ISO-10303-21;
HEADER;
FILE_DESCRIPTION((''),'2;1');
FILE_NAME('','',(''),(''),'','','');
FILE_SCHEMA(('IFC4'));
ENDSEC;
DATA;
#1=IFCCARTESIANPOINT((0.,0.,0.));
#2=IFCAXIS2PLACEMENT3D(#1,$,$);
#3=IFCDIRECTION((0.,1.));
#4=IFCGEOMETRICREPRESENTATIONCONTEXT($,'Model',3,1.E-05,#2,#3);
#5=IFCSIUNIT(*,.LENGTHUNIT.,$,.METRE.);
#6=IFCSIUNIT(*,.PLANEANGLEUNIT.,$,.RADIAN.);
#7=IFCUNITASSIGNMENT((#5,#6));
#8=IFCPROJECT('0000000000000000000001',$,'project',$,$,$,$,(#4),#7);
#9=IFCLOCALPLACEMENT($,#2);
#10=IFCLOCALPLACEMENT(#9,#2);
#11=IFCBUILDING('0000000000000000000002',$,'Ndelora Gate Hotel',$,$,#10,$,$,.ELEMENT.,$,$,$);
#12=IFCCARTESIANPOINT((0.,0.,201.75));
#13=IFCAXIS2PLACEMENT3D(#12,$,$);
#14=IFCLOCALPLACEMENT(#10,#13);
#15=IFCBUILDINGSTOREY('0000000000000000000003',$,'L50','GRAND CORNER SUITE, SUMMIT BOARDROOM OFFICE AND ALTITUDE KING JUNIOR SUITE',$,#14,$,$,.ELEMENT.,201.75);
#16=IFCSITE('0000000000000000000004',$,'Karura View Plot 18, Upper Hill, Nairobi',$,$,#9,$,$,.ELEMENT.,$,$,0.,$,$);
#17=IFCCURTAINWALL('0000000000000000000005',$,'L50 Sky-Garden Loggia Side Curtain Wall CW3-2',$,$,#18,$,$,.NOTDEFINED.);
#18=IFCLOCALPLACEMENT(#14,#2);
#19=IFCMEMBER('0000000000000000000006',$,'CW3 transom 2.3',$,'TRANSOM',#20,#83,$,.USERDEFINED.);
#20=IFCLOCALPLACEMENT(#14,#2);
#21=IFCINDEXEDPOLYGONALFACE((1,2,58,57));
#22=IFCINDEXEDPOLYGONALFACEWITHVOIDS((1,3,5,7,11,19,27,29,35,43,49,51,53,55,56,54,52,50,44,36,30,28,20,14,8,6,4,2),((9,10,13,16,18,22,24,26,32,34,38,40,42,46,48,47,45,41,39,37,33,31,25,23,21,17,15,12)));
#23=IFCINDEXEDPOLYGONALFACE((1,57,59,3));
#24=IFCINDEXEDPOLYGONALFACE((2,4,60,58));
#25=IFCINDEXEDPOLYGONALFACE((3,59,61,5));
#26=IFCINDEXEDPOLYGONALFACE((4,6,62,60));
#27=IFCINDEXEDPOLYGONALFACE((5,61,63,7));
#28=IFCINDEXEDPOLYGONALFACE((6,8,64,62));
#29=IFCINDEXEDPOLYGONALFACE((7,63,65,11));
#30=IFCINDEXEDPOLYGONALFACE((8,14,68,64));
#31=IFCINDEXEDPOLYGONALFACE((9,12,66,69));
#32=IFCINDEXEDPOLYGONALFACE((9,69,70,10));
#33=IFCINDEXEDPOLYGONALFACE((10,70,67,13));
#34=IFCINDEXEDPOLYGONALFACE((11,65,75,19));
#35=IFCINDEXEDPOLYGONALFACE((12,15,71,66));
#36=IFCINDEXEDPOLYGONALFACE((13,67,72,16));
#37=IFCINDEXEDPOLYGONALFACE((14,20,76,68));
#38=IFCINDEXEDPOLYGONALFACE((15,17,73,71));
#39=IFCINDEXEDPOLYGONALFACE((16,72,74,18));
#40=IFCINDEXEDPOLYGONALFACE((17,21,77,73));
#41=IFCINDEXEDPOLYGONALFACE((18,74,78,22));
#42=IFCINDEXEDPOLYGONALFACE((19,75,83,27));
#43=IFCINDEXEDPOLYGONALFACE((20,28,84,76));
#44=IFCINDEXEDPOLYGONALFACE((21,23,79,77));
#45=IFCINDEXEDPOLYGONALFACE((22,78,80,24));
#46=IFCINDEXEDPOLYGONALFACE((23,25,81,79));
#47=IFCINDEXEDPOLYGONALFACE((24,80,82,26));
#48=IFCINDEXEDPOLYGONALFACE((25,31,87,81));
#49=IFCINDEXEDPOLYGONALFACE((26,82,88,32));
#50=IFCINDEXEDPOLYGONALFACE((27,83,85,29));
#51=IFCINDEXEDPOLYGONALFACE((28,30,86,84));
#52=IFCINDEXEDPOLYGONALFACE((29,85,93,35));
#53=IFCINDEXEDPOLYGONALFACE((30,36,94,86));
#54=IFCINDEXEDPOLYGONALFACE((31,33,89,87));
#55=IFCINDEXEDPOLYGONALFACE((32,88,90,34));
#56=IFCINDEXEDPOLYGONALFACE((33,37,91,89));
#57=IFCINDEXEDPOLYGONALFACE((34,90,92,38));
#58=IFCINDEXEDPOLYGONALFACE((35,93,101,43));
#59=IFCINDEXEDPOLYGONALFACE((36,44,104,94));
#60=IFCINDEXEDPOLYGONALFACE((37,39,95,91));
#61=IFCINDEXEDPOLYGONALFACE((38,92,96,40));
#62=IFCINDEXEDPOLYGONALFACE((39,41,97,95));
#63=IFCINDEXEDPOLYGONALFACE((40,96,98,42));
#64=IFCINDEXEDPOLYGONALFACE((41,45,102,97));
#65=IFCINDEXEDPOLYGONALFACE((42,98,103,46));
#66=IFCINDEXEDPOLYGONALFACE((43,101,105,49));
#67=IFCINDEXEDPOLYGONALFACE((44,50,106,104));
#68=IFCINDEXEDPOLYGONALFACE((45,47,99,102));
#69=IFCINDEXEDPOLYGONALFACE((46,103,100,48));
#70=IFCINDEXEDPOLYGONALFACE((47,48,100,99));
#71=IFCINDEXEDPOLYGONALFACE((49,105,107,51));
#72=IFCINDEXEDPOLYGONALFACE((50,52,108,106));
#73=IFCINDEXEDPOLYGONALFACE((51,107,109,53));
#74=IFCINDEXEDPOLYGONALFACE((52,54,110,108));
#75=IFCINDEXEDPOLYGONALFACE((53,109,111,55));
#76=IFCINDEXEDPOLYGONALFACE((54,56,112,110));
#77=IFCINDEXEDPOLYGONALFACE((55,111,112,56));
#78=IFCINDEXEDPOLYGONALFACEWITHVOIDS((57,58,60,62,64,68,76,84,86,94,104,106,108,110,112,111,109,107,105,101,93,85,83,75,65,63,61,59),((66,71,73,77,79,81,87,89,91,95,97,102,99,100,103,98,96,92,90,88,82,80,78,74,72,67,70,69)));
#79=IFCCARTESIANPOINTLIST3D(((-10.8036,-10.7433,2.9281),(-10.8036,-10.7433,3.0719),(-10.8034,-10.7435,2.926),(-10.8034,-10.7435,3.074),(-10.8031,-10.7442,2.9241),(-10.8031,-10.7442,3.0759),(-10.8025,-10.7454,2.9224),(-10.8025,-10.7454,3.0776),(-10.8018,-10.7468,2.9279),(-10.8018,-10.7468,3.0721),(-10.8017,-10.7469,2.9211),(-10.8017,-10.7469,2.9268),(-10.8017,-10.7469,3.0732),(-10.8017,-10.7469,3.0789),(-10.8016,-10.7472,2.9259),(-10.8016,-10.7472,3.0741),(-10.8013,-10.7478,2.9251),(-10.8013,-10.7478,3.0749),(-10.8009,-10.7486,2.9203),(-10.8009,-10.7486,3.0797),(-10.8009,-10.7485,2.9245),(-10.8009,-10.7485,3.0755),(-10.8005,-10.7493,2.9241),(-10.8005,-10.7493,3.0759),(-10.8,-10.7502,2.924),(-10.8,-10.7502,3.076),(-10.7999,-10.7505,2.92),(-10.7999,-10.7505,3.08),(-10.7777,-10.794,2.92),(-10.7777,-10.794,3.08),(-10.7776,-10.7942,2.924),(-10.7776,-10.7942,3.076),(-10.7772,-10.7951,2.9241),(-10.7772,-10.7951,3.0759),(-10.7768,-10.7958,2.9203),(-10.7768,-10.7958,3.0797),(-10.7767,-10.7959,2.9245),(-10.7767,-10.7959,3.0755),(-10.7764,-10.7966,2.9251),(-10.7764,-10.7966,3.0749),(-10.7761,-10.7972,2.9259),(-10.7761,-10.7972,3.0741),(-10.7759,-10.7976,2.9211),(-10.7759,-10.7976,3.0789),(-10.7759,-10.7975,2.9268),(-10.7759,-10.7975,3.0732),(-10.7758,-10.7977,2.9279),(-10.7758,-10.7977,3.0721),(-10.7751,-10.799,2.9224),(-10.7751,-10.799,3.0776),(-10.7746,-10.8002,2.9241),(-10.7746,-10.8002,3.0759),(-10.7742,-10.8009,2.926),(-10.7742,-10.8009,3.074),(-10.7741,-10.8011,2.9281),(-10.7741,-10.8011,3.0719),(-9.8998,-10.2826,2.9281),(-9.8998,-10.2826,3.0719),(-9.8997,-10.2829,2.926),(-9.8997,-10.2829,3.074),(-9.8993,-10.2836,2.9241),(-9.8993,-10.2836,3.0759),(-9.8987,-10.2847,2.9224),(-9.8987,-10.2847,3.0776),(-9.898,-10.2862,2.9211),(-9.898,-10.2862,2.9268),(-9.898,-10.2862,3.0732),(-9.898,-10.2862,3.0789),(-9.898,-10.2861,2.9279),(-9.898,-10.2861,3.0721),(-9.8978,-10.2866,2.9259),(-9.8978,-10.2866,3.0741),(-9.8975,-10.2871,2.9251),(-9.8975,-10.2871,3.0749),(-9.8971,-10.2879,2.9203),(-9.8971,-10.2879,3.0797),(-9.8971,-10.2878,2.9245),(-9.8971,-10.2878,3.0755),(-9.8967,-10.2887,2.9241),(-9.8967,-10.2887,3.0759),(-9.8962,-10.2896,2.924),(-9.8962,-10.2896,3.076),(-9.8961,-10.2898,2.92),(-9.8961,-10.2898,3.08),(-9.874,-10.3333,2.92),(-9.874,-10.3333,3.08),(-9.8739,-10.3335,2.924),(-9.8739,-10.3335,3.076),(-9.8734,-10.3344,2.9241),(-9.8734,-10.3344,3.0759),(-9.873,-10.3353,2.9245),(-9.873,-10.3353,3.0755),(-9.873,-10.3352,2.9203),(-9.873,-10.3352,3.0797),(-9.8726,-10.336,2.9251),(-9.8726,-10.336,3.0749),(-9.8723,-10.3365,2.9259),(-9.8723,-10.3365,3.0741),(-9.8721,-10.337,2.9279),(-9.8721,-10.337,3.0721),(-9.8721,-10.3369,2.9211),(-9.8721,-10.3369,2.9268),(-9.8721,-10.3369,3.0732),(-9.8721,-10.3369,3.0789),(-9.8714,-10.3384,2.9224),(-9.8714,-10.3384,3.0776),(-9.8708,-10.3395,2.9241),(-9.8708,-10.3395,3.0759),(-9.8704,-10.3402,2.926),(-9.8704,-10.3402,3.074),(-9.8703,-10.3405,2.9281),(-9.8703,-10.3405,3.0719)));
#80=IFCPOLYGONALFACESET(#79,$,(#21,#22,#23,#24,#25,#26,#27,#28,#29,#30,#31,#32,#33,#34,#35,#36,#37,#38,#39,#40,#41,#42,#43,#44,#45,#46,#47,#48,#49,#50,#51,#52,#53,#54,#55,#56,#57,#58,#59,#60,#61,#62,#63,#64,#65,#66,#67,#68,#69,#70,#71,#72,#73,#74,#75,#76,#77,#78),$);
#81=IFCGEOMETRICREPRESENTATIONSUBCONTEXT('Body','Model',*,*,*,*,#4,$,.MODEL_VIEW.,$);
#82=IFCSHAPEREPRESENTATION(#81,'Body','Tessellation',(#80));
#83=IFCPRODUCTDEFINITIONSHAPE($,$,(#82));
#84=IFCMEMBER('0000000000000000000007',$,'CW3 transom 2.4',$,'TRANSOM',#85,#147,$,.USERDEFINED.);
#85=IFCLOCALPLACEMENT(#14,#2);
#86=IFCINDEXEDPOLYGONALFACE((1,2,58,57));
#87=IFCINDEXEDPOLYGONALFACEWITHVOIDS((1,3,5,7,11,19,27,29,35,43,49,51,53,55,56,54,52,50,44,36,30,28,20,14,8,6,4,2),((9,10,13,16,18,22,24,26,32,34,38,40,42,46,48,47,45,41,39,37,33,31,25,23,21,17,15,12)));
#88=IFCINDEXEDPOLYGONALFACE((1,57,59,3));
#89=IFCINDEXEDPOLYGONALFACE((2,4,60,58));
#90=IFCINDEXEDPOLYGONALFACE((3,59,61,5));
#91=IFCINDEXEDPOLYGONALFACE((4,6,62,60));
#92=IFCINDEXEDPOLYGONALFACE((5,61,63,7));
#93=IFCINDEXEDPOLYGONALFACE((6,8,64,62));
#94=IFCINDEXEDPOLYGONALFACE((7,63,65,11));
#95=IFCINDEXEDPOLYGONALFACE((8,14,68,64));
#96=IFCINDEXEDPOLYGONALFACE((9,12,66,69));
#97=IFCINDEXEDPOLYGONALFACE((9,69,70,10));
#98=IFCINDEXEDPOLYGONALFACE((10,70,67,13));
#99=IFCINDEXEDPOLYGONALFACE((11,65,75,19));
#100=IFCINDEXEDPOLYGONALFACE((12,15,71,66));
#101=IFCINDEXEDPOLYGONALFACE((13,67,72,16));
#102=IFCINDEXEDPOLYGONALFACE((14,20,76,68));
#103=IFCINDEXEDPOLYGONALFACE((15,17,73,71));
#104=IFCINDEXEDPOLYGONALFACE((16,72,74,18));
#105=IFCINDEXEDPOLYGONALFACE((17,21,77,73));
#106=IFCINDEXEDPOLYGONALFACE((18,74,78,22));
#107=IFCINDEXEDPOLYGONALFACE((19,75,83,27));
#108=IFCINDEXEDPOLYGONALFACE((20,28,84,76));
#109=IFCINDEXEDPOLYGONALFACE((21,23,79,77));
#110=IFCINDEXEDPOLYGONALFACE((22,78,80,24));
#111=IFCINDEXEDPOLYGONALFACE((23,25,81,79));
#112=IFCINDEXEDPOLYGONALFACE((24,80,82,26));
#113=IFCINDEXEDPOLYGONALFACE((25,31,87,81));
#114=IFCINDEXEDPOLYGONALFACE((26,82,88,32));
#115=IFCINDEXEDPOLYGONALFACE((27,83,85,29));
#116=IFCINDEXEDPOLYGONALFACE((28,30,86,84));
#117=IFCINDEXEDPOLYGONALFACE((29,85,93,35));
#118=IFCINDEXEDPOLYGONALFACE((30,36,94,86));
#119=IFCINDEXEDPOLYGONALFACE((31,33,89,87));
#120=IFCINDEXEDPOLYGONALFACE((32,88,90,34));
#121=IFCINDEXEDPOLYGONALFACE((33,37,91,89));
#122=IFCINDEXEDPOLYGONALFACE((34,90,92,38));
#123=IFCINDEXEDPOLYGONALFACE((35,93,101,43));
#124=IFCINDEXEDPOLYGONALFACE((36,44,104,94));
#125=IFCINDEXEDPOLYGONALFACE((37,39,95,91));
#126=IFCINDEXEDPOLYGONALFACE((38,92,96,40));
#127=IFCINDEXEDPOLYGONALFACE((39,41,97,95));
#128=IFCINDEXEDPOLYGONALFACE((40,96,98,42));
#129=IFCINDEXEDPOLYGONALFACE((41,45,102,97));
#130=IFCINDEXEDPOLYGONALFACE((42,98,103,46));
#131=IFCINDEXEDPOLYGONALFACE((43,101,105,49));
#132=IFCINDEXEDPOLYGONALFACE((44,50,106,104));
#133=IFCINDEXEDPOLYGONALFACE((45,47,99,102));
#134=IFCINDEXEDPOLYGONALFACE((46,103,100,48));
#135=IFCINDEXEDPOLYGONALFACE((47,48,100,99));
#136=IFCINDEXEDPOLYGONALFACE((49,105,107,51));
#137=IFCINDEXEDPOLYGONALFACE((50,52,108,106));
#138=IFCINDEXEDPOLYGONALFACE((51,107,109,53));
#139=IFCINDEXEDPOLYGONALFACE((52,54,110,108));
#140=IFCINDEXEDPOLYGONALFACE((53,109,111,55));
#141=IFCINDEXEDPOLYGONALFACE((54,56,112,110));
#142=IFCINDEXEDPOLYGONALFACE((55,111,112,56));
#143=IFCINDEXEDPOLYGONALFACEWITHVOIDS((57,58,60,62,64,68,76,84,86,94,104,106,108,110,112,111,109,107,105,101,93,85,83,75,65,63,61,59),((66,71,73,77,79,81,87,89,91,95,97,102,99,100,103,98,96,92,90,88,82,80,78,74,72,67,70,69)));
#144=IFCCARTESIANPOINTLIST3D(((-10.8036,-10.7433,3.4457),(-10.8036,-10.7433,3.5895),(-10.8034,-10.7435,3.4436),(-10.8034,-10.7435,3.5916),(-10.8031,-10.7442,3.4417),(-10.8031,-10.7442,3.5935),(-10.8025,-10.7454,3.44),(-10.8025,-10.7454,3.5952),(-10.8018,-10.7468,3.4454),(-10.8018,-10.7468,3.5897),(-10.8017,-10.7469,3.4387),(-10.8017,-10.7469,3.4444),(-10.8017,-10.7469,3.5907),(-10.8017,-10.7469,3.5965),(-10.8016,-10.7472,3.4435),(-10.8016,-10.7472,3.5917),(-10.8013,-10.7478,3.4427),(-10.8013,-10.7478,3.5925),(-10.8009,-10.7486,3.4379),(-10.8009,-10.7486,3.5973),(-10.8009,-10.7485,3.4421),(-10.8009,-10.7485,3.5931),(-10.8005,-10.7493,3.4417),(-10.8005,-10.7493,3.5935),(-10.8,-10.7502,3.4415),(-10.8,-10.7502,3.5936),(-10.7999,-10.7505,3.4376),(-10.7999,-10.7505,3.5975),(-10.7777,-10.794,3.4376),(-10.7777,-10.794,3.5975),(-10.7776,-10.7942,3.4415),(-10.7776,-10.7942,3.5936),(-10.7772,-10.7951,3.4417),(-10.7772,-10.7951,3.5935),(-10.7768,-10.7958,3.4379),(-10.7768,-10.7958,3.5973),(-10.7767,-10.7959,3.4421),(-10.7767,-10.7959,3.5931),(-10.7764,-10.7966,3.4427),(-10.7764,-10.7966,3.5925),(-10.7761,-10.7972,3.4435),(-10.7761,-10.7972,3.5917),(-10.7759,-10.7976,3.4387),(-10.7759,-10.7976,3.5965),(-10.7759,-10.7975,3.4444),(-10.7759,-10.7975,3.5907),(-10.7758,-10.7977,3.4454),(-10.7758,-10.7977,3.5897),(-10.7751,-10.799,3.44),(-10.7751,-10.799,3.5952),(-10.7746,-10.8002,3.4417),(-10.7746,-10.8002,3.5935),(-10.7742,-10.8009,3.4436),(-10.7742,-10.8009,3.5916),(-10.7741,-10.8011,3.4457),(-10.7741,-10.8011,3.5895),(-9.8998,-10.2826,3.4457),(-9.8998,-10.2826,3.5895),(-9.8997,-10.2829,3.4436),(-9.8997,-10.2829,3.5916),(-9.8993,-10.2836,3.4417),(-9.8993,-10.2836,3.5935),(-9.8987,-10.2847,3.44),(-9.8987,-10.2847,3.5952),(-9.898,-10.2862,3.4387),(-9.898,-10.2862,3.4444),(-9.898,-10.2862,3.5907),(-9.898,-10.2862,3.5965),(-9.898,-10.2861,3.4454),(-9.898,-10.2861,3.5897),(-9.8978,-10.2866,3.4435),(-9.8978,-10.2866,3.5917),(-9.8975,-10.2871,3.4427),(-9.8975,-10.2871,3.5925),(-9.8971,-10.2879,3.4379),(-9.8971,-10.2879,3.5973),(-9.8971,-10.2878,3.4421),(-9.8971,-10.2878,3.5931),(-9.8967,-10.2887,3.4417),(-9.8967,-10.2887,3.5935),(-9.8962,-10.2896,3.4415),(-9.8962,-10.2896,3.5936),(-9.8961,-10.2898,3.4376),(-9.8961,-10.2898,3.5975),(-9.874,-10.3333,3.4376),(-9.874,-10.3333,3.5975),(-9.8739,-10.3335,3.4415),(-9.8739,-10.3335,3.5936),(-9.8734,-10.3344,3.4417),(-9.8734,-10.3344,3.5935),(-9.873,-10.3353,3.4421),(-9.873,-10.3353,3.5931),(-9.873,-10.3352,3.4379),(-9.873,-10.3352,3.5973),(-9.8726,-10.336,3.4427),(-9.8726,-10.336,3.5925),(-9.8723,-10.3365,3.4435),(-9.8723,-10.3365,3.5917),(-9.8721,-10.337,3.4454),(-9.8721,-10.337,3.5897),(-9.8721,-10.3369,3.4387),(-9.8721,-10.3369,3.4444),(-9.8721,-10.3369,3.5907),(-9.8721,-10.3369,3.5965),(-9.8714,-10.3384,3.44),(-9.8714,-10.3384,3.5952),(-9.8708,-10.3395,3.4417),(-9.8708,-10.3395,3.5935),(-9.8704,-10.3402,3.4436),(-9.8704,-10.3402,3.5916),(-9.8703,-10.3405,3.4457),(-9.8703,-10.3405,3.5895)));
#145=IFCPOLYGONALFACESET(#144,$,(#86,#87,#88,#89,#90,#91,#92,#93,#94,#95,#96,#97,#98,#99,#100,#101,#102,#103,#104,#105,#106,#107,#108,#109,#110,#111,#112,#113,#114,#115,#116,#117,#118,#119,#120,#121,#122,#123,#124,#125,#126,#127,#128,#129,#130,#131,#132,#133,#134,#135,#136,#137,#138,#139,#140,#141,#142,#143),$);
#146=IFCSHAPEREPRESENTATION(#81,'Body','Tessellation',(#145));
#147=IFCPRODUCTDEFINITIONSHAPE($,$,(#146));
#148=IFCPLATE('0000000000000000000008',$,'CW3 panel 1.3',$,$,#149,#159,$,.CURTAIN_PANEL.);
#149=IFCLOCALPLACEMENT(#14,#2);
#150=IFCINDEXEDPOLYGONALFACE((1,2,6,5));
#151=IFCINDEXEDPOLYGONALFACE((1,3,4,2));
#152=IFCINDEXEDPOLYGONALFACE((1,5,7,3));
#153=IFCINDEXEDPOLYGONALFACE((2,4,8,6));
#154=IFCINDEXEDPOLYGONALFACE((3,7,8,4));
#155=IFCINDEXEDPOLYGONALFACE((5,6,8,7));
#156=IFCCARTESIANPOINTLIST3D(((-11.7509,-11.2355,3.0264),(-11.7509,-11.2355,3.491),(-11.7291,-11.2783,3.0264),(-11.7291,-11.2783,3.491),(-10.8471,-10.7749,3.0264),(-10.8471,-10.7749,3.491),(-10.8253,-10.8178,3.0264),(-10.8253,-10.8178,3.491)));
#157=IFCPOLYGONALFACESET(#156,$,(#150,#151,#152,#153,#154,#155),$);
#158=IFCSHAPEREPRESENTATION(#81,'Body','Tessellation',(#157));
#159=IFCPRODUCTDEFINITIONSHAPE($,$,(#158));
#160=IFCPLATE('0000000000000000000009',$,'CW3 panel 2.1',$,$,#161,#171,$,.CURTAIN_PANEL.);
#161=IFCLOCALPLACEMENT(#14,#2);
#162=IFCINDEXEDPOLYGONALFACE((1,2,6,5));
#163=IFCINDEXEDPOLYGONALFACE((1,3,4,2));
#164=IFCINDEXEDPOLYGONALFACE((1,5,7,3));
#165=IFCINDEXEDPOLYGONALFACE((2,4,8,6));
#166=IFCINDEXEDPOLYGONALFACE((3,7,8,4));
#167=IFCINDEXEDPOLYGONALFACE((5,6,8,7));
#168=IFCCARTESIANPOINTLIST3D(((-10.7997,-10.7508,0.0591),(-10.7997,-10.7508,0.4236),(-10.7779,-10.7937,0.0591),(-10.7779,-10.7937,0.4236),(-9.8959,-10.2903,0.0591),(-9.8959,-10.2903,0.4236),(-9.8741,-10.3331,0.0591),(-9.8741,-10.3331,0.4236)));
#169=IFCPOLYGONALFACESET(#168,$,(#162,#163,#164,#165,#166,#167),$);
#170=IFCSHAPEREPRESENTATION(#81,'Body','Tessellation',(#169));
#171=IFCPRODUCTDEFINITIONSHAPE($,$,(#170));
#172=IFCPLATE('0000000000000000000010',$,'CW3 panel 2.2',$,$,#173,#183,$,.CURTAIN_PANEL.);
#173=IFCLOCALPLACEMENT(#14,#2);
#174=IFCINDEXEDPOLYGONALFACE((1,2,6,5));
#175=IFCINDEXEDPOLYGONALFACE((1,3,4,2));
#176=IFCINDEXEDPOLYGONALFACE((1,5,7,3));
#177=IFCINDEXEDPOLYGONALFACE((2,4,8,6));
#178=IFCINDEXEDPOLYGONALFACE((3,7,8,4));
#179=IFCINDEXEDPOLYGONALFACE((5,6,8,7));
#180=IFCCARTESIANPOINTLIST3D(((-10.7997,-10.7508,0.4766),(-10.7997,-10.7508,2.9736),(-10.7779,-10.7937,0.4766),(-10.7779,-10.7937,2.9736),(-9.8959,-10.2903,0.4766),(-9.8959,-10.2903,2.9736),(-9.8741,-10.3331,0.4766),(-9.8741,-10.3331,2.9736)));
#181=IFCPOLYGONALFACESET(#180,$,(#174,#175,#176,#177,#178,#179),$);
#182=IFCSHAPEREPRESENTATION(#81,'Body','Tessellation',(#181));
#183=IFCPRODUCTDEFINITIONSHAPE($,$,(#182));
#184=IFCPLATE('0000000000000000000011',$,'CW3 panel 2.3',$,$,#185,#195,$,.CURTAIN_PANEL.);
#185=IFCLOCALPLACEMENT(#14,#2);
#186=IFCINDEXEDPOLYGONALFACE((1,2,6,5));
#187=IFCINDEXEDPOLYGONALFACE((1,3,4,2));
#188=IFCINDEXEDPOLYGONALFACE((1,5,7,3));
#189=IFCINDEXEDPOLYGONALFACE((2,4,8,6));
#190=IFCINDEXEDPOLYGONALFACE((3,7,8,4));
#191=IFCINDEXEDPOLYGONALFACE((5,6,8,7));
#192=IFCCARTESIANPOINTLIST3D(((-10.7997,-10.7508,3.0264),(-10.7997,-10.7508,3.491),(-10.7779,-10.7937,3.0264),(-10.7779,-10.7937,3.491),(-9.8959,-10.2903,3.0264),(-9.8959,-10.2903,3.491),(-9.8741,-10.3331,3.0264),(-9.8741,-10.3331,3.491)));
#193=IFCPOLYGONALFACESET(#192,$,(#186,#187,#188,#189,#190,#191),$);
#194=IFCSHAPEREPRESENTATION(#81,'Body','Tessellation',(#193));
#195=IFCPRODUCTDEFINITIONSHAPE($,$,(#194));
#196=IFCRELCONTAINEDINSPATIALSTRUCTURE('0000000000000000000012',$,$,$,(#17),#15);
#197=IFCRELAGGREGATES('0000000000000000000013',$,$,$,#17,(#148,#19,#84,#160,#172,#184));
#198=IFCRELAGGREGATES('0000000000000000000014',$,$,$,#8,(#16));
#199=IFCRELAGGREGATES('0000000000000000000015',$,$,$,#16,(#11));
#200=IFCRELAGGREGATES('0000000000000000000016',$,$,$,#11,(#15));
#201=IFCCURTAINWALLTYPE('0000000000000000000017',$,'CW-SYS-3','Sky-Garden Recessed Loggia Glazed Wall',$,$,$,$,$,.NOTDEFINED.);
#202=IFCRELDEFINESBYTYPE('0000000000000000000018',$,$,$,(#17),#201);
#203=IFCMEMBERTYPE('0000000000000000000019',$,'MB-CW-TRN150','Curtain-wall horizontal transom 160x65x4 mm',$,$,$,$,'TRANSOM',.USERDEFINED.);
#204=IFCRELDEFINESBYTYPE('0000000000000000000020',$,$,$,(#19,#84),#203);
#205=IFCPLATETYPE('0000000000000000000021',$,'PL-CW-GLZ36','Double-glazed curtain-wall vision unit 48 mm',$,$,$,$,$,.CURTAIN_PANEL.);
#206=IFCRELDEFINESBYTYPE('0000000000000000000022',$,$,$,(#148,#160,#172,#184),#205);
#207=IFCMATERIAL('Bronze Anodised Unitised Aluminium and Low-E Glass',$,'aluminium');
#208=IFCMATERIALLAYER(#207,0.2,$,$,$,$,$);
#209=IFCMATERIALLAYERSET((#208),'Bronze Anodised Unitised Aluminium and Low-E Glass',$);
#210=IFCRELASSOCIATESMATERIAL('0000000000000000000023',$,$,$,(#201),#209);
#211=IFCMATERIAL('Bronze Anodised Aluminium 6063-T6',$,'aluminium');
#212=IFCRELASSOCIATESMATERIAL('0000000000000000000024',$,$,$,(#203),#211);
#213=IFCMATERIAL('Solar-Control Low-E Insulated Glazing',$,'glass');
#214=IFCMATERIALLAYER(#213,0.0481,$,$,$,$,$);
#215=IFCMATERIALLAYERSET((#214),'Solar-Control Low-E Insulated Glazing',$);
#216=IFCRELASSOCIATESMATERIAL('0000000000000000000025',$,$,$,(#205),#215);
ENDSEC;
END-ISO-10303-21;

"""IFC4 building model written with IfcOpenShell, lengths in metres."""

from ifc_helpers import new_model, si_unit, direction, frame, origin, origin_2d, place, context, subcontext, project, spatial, rectangle, hollow_rectangle, extrude, material, layer, layer_set, material_profile, profile_set, type_object, element, aggregate, save


model = new_model("IFC4")

# Units and contexts
model_context = context("Model", 3, precision=1e-05, world=origin(), true_north=direction((0.0, 1.0)))
body_context = subcontext(model_context, "Body", "Model", "MODEL_VIEW")
ifc_project = project(units=[si_unit("LENGTHUNIT", "METRE"), si_unit("PLANEANGLEUNIT", "RADIAN")], contexts=[model_context])

# Site, building, storey
site_placement = place(None, origin())
site = spatial("IfcSite", under=ifc_project, at=site_placement, Name="Karura View Plot 18, Upper Hill, Nairobi", CompositionType="ELEMENT", RefElevation=0.0)
building_placement = place(site_placement, origin())
building = spatial("IfcBuilding", under=site, at=building_placement, Name="Ndelora Gate Hotel", CompositionType="ELEMENT")
storey_placement = place(building_placement, frame((0.0, 0.0, 201.75)))
storey = spatial("IfcBuildingStorey", under=building, at=storey_placement, Name="L50", Description="GRAND CORNER SUITE, SUMMIT BOARDROOM OFFICE AND ALTITUDE KING JUNIOR SUITE", CompositionType="ELEMENT", Elevation=201.75)

# Curtain wall, members, plates
ifc_material_1 = material(Name="Bronze Anodised Unitised Aluminium and Low-E Glass", Category="aluminium")
ifc_layer_1 = layer(ifc_material_1, 0.2)
ifc_layer_set_1 = layer_set([ifc_layer_1], Name="Bronze Anodised Unitised Aluminium and Low-E Glass")
curtain_wall_type = type_object("IfcCurtainWallType", Name="CW-SYS-3", Description="Sky-Garden Recessed Loggia Glazed Wall", PredefinedType="NOTDEFINED", material=ifc_layer_set_1)
curtain_wall_placement = place(storey_placement, origin())
curtain_wall = element("IfcCurtainWall", 1, at=curtain_wall_placement, inside=storey, type_object=curtain_wall_type, Name="L50 Sky-Garden Loggia Side Curtain Wall CW3-2", PredefinedType="NOTDEFINED")
ifc_material_2 = material(Name="Bronze Anodised Aluminium 6063-T6", Category="aluminium")
ifc_material_profile_1 = material_profile(ifc_material_2, hollow_rectangle(XDim=0.0649, YDim=0.1599, WallThickness=0.0039, InnerFilletRadius=0.0039, OuterFilletRadius=0.0081, at=origin_2d()), Name="ALU 160x65x4")
ifc_profile_set_1 = profile_set([ifc_material_profile_1], Name="Bronze Anodised Aluminium 6063-T6")
member_type_1 = type_object("IfcMemberType", Name="MB-CW-TRN150", Description="Curtain-wall horizontal transom 160x65x4 mm", ElementType="TRANSOM", PredefinedType="USERDEFINED", material=ifc_profile_set_1)
member_1_placement = place(storey_placement, frame((-10.7888, -10.7722, 3.0), z_axis=(0.890935, 0.454131, 0.0), x_axis=(-0.454131, 0.890935, 0.0)))
member_1 = element("IfcMember", 2, at=member_1_placement, type_object=member_type_1, Name="CW3 transom 2.3", ObjectType="TRANSOM", PredefinedType="USERDEFINED", context=body_context, shape_type="SweptSolid", body=[
    extrude(hollow_rectangle(XDim=0.0649, YDim=0.1599, WallThickness=0.0039, InnerFilletRadius=0.0039, OuterFilletRadius=0.0081, at=origin_2d()), origin(), (0.0, 0.0, 1.0), 1.0144),
])
member_2_placement = place(storey_placement, frame((-10.7888, -10.7722, 3.5176), z_axis=(0.890935, 0.454131, 0.0), x_axis=(-0.454131, 0.890935, 0.0)))
member_2 = element("IfcMember", 3, at=member_2_placement, type_object=member_type_1, Name="CW3 transom 2.4", ObjectType="TRANSOM", PredefinedType="USERDEFINED", context=body_context, shape_type="SweptSolid", body=[
    extrude(hollow_rectangle(XDim=0.0649, YDim=0.1599, WallThickness=0.0039, InnerFilletRadius=0.0039, OuterFilletRadius=0.0081, at=origin_2d()), origin(), (0.0, 0.0, 1.0), 1.0144),
])
ifc_material_3 = material(Name="Solar-Control Low-E Insulated Glazing", Category="glass")
ifc_layer_2 = layer(ifc_material_3, 0.0481)
ifc_layer_set_2 = layer_set([ifc_layer_2], Name="Solar-Control Low-E Insulated Glazing")
plate_type = type_object("IfcPlateType", Name="PL-CW-GLZ36", Description="Double-glazed curtain-wall vision unit 48 mm", PredefinedType="CURTAIN_PANEL", material=ifc_layer_set_2)
plate_1_placement = place(storey_placement, frame((-11.2881, -11.0266, 3.0264), z_axis=(0.0, 0.0, 1.0), x_axis=(0.891001, 0.454001, 0.0)))
plate_1 = element("IfcPlate", 4, at=plate_1_placement, type_object=plate_type, Name="CW3 panel 1.3", PredefinedType="CURTAIN_PANEL", context=body_context, shape_type="SweptSolid", body=[
    extrude(rectangle(XDim=1.0144, YDim=0.0481, at=origin_2d()), origin(), (0.0, 0.0, 1.0), 0.4646),
])
plate_2_placement = place(storey_placement, frame((-10.3369, -10.542, 0.0591), z_axis=(0.0, 0.0, 1.0), x_axis=(0.891001, 0.454001, 0.0)))
plate_2 = element("IfcPlate", 5, at=plate_2_placement, type_object=plate_type, Name="CW3 panel 2.1", PredefinedType="CURTAIN_PANEL", context=body_context, shape_type="SweptSolid", body=[
    extrude(rectangle(XDim=1.0144, YDim=0.0481, at=origin_2d()), origin(), (0.0, 0.0, 1.0), 0.3645),
])
plate_3_placement = place(storey_placement, frame((-10.3369, -10.542, 0.4766), z_axis=(0.0, 0.0, 1.0), x_axis=(0.891001, 0.454001, 0.0)))
plate_3 = element("IfcPlate", 6, at=plate_3_placement, type_object=plate_type, Name="CW3 panel 2.2", PredefinedType="CURTAIN_PANEL", context=body_context, shape_type="SweptSolid", body=[
    extrude(rectangle(XDim=1.0144, YDim=0.0481, at=origin_2d()), origin(), (0.0, 0.0, 1.0), 2.4971),
])
plate_4_placement = place(storey_placement, frame((-10.3369, -10.542, 3.0264), z_axis=(0.0, 0.0, 1.0), x_axis=(0.891001, 0.454001, 0.0)))
plate_4 = element("IfcPlate", 7, at=plate_4_placement, type_object=plate_type, Name="CW3 panel 2.3", PredefinedType="CURTAIN_PANEL", context=body_context, shape_type="SweptSolid", body=[
    extrude(rectangle(XDim=1.0144, YDim=0.0481, at=origin_2d()), origin(), (0.0, 0.0, 1.0), 0.4646),
])
aggregate(curtain_wall, [plate_1, member_1, member_2, plate_2, plate_3, plate_4])

save(model, "model.ifc")
